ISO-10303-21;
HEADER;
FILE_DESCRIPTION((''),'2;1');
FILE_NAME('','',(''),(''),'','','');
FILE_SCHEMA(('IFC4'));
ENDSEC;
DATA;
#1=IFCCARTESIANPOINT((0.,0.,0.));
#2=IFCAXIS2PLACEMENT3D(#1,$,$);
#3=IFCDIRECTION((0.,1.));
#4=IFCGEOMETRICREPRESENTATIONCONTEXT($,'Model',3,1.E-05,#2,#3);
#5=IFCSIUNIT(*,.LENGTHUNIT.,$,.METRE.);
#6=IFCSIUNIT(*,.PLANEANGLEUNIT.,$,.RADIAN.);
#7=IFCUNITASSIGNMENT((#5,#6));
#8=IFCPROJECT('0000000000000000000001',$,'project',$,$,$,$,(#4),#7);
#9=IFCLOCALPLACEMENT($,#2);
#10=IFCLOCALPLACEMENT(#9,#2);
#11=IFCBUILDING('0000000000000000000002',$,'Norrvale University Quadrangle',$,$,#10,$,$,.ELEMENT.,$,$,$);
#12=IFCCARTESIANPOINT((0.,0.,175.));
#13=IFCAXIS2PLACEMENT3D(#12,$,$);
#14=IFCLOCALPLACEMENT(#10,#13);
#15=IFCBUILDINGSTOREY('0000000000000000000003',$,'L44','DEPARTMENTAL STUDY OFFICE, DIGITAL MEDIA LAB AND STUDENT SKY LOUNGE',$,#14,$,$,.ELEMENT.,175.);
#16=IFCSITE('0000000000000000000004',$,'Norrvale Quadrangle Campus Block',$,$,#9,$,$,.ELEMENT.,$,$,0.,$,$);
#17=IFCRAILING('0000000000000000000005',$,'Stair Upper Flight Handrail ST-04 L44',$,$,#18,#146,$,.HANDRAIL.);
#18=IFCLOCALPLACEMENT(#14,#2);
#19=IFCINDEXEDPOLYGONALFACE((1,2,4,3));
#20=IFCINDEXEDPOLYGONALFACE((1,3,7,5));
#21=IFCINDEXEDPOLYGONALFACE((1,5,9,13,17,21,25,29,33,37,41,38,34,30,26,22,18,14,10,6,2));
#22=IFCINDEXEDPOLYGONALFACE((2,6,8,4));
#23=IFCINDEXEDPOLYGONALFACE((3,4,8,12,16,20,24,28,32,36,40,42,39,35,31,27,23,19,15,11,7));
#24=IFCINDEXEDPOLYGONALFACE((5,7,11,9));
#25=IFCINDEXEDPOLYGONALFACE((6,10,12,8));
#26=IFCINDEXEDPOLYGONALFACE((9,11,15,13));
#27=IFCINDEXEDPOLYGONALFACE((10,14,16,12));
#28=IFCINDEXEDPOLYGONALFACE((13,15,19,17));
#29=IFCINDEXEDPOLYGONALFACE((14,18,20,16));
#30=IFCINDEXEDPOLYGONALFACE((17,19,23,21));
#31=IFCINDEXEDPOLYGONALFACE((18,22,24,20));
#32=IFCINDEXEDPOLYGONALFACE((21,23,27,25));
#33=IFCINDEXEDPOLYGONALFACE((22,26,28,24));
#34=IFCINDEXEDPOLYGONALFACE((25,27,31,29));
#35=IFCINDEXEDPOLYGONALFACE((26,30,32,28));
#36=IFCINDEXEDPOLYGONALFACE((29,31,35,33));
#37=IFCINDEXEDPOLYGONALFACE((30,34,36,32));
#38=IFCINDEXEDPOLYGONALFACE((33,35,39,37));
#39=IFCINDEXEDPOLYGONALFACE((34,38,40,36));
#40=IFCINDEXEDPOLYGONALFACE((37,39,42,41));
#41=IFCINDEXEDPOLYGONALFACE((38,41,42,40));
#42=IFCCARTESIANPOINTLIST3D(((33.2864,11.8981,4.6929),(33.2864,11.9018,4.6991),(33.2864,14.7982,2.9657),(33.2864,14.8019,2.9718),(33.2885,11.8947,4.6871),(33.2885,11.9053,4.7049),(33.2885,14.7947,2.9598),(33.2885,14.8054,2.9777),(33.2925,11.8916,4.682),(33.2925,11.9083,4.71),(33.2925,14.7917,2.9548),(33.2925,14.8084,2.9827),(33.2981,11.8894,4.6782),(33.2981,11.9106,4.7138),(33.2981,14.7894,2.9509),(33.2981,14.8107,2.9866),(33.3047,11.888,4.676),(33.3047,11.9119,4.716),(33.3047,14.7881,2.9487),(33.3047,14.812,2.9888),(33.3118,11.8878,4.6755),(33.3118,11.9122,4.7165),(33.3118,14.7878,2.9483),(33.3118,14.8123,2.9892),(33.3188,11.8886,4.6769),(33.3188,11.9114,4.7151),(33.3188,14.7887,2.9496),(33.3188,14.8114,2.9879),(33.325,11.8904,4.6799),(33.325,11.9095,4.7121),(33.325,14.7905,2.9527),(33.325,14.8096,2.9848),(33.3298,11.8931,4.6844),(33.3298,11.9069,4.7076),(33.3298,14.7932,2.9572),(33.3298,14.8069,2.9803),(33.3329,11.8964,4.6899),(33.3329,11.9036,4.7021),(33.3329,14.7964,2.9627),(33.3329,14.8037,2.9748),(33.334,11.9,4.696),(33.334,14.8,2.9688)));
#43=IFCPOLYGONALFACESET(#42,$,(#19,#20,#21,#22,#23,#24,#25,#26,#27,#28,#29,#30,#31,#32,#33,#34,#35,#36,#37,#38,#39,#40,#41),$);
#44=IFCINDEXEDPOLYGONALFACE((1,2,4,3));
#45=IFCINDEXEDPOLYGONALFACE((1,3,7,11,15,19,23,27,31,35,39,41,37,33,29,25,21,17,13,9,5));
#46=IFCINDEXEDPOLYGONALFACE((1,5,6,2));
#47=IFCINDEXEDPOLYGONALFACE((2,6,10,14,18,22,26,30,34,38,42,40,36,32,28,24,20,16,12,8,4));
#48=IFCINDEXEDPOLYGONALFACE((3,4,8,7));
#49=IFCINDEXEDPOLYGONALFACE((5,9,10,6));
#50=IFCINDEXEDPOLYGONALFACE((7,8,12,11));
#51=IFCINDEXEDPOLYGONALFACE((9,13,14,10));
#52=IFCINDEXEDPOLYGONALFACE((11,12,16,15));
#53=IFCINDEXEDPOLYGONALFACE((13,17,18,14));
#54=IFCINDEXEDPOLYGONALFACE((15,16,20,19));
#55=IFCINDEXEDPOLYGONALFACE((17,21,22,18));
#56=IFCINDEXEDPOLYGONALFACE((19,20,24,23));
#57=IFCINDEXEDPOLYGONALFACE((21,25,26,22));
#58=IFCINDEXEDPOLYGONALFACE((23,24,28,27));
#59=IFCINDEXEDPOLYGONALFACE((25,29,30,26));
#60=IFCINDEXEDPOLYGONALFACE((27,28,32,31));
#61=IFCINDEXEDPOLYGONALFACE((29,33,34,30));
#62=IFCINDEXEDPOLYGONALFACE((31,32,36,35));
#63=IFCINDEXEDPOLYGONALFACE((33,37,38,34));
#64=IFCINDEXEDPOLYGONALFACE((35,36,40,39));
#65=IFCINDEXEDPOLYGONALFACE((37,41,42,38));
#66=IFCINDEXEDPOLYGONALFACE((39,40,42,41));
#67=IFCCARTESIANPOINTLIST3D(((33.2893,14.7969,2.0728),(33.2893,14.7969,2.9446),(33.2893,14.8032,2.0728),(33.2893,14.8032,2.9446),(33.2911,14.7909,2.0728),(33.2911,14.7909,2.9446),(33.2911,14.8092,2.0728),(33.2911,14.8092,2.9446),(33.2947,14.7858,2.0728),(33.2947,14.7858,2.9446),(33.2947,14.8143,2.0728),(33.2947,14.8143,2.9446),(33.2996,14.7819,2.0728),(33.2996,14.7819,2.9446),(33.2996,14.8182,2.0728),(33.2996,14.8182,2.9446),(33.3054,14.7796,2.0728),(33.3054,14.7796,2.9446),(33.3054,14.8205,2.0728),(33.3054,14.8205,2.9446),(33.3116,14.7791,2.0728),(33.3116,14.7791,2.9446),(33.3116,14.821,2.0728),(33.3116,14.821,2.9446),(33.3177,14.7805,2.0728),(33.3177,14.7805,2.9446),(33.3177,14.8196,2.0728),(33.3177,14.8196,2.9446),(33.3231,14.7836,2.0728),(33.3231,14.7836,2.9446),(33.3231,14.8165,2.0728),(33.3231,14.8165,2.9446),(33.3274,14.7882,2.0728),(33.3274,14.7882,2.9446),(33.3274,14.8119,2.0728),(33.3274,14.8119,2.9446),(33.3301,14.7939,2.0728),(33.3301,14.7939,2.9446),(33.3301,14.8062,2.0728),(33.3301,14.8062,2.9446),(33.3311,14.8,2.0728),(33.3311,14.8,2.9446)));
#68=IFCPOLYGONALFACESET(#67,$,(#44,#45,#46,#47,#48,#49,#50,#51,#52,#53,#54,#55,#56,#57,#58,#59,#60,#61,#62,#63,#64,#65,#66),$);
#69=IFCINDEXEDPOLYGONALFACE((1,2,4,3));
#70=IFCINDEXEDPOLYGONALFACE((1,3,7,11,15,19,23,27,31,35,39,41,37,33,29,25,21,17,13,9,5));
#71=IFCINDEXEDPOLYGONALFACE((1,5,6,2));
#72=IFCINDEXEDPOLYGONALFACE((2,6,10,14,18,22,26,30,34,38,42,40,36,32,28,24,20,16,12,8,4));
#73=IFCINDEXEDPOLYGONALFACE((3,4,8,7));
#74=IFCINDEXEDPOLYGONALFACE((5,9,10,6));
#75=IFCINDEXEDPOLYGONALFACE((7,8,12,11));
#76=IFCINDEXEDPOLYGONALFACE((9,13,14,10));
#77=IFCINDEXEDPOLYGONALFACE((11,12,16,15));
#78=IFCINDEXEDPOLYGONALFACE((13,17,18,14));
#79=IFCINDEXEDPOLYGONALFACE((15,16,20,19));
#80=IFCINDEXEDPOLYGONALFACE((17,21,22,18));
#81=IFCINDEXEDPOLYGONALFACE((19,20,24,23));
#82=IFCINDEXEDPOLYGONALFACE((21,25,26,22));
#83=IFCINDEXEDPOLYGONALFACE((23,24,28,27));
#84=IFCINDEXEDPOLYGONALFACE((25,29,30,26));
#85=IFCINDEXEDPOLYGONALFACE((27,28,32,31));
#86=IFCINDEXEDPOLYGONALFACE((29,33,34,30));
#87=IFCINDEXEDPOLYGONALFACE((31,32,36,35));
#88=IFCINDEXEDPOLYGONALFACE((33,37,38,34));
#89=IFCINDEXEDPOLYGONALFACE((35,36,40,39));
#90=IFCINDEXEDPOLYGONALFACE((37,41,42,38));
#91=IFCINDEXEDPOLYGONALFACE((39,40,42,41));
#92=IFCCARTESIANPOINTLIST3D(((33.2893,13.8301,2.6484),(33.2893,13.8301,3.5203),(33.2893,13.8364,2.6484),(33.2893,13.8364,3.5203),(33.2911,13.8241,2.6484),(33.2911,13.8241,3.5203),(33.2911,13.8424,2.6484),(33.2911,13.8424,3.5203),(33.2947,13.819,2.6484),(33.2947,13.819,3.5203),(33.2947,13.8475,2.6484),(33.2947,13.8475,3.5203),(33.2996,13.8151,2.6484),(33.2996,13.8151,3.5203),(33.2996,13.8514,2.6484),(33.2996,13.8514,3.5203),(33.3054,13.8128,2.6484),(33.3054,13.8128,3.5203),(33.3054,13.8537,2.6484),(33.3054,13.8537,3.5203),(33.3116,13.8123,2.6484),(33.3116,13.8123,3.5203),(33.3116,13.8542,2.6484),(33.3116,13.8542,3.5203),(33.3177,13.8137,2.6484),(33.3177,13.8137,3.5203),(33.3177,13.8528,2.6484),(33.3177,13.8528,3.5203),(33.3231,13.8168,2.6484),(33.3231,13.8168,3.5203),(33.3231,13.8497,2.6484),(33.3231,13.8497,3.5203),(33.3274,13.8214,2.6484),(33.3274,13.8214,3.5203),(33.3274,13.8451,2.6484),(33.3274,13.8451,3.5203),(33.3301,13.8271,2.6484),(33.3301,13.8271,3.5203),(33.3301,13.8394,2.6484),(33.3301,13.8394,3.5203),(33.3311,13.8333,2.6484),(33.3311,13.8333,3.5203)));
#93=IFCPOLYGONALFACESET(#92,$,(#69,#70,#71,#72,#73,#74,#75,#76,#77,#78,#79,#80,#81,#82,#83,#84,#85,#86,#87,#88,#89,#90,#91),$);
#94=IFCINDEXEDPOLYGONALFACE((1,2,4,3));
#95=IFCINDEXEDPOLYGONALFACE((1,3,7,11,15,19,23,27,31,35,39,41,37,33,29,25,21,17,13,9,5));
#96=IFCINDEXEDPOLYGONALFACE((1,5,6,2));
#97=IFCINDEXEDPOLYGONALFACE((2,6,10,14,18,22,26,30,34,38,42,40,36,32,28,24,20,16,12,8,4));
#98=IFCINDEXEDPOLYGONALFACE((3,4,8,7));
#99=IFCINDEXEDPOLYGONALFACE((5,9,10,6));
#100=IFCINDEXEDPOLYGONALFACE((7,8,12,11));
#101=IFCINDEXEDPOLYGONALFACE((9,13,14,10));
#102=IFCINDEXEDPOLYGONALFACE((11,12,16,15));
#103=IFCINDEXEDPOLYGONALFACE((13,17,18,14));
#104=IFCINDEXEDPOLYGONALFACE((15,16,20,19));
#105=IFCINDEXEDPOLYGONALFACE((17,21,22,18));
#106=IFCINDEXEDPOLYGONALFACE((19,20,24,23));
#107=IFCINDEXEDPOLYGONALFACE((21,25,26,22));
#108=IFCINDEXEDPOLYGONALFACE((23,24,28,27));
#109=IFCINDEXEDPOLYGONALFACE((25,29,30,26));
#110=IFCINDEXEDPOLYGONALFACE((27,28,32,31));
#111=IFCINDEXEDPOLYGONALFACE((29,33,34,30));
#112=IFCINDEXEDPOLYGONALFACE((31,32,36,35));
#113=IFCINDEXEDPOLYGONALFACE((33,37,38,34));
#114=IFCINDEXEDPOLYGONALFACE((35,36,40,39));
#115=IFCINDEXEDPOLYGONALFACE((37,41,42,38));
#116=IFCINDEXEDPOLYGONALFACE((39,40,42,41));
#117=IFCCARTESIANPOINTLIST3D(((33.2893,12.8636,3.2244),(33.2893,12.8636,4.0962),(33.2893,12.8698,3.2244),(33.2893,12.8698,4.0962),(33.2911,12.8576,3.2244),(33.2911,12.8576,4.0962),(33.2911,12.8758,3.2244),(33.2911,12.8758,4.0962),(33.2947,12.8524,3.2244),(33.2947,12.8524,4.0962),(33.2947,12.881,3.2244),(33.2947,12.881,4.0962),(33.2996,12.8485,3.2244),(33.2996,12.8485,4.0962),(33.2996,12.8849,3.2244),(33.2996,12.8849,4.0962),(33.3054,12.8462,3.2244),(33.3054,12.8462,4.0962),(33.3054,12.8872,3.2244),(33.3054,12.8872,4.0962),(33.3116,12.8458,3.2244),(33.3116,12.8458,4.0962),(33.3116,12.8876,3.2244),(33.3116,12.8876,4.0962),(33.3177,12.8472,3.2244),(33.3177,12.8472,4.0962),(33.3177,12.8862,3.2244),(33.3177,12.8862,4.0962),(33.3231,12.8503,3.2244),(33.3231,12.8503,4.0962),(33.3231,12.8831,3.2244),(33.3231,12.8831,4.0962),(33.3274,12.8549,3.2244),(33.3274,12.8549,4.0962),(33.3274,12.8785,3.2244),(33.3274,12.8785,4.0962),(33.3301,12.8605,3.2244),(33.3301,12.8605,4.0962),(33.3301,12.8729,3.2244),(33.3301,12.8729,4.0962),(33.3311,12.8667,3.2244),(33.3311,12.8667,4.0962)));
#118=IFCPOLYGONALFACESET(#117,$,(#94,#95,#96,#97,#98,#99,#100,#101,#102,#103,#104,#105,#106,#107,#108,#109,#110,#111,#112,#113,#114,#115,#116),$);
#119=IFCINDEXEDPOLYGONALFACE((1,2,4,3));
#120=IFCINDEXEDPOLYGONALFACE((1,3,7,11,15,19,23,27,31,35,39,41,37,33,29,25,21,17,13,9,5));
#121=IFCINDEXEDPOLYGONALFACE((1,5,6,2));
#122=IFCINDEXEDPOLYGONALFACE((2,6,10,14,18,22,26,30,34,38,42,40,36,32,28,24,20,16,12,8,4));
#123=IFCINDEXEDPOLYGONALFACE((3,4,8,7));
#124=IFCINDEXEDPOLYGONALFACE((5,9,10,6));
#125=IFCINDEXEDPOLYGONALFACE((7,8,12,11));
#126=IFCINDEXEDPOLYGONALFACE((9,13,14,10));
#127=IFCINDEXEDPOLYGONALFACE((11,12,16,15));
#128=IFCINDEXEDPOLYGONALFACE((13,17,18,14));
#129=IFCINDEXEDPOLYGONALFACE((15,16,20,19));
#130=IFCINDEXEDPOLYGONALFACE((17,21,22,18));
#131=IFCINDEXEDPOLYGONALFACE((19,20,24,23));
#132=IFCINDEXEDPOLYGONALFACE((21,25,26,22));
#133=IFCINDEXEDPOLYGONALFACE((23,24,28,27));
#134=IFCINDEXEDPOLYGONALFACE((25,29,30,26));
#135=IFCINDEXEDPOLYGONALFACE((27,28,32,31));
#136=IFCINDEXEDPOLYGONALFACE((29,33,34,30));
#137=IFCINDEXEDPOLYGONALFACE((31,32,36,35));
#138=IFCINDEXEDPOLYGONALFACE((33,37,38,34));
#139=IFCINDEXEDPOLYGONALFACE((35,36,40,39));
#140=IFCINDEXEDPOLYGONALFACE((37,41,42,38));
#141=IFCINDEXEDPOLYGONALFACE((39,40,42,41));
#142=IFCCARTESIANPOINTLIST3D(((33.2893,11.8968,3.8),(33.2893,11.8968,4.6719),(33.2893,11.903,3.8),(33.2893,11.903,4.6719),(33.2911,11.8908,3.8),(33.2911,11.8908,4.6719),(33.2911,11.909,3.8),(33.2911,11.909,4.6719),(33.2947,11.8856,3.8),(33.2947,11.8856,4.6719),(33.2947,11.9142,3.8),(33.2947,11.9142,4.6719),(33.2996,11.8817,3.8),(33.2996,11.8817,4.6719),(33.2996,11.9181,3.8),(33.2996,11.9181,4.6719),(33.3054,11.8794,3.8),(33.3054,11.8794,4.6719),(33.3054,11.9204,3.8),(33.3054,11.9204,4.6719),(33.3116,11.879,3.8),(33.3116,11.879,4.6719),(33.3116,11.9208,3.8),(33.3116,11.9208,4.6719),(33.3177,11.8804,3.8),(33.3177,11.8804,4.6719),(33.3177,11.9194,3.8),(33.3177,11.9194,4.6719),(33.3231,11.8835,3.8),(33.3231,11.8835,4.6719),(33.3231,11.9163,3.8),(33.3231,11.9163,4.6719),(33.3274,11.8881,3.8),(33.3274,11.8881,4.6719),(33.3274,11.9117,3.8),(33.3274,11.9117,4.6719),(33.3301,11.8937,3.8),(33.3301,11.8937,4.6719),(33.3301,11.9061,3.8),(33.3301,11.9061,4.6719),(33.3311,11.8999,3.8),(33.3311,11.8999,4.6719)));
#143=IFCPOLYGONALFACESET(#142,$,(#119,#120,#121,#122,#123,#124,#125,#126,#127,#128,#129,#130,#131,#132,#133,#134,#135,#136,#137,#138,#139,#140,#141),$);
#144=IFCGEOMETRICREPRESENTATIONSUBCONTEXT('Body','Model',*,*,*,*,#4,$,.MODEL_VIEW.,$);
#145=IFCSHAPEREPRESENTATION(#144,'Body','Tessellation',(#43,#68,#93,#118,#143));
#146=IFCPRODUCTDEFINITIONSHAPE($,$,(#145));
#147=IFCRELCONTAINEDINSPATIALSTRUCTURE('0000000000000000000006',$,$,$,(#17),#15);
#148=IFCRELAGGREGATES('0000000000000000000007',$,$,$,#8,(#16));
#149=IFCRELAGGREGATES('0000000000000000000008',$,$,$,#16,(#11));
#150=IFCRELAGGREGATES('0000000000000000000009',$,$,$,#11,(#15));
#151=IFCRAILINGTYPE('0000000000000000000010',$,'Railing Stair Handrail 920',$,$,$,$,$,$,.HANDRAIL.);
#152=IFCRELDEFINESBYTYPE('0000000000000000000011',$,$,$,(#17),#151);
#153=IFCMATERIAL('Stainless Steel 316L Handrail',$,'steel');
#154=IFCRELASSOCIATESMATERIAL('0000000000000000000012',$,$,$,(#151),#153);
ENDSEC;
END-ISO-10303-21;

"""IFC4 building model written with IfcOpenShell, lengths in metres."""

from ifc_helpers import new_model, si_unit, direction, frame, origin, origin_2d, place, context, subcontext, project, spatial, circle, extrude, material, type_object, element, save


model = new_model("IFC4")

# Units and contexts
model_context = context("Model", 3, precision=1e-05, world=origin(), true_north=direction((0.0, 1.0)))
body_context = subcontext(model_context, "Body", "Model", "MODEL_VIEW")
ifc_project = project(units=[si_unit("LENGTHUNIT", "METRE"), si_unit("PLANEANGLEUNIT", "RADIAN")], contexts=[model_context])

# Site, building, storey
site_placement = place(None, origin())
site = spatial("IfcSite", under=ifc_project, at=site_placement, Name="Norrvale Quadrangle Campus Block", CompositionType="ELEMENT", RefElevation=0.0)
building_placement = place(site_placement, origin())
building = spatial("IfcBuilding", under=site, at=building_placement, Name="Norrvale University Quadrangle", CompositionType="ELEMENT")
storey_placement = place(building_placement, frame((0.0, 0.0, 175.0)))
storey = spatial("IfcBuildingStorey", under=building, at=storey_placement, Name="L44", Description="DEPARTMENTAL STUDY OFFICE, DIGITAL MEDIA LAB AND STUDENT SKY LOUNGE", CompositionType="ELEMENT", Elevation=175.0)

# Railing
ifc_material_1 = material(Name="Stainless Steel 316L Handrail", Category="steel")
railing_type_1 = type_object("IfcRailingType", Name="Railing Stair Handrail 920", PredefinedType="HANDRAIL", material=ifc_material_1)
railing_1_placement = place(storey_placement, frame((33.3101, 14.8, 2.0728)))
element("IfcRailing", 1, at=railing_1_placement, inside=storey, type_object=railing_type_1, Name="Stair Upper Flight Handrail ST-04 L44", PredefinedType="HANDRAIL", context=body_context, shape_type="SweptSolid", body=[
    extrude(circle(Radius=0.0239, at=origin_2d()), frame((0.0, 0.0, 0.896), z_axis=(0.0, -0.85916, 0.511706), x_axis=(1.0, 0.0, 0.0)), (0.0, 0.0, 1.0), 3.3755),
    extrude(circle(Radius=0.021, at=origin_2d()), origin(), (0.0, 0.0, 1.0), 0.8718),
    extrude(circle(Radius=0.021, at=origin_2d()), frame((0.0, -0.9668, 0.5757)), (0.0, 0.0, 1.0), 0.8718),
    extrude(circle(Radius=0.021, at=origin_2d()), frame((0.0, -1.9333, 1.1516)), (0.0, 0.0, 1.0), 0.8718),
    extrude(circle(Radius=0.021, at=origin_2d()), frame((0.0, -2.9001, 1.7273)), (0.0, 0.0, 1.0), 0.8718),
])

save(model, "model.ifc")
